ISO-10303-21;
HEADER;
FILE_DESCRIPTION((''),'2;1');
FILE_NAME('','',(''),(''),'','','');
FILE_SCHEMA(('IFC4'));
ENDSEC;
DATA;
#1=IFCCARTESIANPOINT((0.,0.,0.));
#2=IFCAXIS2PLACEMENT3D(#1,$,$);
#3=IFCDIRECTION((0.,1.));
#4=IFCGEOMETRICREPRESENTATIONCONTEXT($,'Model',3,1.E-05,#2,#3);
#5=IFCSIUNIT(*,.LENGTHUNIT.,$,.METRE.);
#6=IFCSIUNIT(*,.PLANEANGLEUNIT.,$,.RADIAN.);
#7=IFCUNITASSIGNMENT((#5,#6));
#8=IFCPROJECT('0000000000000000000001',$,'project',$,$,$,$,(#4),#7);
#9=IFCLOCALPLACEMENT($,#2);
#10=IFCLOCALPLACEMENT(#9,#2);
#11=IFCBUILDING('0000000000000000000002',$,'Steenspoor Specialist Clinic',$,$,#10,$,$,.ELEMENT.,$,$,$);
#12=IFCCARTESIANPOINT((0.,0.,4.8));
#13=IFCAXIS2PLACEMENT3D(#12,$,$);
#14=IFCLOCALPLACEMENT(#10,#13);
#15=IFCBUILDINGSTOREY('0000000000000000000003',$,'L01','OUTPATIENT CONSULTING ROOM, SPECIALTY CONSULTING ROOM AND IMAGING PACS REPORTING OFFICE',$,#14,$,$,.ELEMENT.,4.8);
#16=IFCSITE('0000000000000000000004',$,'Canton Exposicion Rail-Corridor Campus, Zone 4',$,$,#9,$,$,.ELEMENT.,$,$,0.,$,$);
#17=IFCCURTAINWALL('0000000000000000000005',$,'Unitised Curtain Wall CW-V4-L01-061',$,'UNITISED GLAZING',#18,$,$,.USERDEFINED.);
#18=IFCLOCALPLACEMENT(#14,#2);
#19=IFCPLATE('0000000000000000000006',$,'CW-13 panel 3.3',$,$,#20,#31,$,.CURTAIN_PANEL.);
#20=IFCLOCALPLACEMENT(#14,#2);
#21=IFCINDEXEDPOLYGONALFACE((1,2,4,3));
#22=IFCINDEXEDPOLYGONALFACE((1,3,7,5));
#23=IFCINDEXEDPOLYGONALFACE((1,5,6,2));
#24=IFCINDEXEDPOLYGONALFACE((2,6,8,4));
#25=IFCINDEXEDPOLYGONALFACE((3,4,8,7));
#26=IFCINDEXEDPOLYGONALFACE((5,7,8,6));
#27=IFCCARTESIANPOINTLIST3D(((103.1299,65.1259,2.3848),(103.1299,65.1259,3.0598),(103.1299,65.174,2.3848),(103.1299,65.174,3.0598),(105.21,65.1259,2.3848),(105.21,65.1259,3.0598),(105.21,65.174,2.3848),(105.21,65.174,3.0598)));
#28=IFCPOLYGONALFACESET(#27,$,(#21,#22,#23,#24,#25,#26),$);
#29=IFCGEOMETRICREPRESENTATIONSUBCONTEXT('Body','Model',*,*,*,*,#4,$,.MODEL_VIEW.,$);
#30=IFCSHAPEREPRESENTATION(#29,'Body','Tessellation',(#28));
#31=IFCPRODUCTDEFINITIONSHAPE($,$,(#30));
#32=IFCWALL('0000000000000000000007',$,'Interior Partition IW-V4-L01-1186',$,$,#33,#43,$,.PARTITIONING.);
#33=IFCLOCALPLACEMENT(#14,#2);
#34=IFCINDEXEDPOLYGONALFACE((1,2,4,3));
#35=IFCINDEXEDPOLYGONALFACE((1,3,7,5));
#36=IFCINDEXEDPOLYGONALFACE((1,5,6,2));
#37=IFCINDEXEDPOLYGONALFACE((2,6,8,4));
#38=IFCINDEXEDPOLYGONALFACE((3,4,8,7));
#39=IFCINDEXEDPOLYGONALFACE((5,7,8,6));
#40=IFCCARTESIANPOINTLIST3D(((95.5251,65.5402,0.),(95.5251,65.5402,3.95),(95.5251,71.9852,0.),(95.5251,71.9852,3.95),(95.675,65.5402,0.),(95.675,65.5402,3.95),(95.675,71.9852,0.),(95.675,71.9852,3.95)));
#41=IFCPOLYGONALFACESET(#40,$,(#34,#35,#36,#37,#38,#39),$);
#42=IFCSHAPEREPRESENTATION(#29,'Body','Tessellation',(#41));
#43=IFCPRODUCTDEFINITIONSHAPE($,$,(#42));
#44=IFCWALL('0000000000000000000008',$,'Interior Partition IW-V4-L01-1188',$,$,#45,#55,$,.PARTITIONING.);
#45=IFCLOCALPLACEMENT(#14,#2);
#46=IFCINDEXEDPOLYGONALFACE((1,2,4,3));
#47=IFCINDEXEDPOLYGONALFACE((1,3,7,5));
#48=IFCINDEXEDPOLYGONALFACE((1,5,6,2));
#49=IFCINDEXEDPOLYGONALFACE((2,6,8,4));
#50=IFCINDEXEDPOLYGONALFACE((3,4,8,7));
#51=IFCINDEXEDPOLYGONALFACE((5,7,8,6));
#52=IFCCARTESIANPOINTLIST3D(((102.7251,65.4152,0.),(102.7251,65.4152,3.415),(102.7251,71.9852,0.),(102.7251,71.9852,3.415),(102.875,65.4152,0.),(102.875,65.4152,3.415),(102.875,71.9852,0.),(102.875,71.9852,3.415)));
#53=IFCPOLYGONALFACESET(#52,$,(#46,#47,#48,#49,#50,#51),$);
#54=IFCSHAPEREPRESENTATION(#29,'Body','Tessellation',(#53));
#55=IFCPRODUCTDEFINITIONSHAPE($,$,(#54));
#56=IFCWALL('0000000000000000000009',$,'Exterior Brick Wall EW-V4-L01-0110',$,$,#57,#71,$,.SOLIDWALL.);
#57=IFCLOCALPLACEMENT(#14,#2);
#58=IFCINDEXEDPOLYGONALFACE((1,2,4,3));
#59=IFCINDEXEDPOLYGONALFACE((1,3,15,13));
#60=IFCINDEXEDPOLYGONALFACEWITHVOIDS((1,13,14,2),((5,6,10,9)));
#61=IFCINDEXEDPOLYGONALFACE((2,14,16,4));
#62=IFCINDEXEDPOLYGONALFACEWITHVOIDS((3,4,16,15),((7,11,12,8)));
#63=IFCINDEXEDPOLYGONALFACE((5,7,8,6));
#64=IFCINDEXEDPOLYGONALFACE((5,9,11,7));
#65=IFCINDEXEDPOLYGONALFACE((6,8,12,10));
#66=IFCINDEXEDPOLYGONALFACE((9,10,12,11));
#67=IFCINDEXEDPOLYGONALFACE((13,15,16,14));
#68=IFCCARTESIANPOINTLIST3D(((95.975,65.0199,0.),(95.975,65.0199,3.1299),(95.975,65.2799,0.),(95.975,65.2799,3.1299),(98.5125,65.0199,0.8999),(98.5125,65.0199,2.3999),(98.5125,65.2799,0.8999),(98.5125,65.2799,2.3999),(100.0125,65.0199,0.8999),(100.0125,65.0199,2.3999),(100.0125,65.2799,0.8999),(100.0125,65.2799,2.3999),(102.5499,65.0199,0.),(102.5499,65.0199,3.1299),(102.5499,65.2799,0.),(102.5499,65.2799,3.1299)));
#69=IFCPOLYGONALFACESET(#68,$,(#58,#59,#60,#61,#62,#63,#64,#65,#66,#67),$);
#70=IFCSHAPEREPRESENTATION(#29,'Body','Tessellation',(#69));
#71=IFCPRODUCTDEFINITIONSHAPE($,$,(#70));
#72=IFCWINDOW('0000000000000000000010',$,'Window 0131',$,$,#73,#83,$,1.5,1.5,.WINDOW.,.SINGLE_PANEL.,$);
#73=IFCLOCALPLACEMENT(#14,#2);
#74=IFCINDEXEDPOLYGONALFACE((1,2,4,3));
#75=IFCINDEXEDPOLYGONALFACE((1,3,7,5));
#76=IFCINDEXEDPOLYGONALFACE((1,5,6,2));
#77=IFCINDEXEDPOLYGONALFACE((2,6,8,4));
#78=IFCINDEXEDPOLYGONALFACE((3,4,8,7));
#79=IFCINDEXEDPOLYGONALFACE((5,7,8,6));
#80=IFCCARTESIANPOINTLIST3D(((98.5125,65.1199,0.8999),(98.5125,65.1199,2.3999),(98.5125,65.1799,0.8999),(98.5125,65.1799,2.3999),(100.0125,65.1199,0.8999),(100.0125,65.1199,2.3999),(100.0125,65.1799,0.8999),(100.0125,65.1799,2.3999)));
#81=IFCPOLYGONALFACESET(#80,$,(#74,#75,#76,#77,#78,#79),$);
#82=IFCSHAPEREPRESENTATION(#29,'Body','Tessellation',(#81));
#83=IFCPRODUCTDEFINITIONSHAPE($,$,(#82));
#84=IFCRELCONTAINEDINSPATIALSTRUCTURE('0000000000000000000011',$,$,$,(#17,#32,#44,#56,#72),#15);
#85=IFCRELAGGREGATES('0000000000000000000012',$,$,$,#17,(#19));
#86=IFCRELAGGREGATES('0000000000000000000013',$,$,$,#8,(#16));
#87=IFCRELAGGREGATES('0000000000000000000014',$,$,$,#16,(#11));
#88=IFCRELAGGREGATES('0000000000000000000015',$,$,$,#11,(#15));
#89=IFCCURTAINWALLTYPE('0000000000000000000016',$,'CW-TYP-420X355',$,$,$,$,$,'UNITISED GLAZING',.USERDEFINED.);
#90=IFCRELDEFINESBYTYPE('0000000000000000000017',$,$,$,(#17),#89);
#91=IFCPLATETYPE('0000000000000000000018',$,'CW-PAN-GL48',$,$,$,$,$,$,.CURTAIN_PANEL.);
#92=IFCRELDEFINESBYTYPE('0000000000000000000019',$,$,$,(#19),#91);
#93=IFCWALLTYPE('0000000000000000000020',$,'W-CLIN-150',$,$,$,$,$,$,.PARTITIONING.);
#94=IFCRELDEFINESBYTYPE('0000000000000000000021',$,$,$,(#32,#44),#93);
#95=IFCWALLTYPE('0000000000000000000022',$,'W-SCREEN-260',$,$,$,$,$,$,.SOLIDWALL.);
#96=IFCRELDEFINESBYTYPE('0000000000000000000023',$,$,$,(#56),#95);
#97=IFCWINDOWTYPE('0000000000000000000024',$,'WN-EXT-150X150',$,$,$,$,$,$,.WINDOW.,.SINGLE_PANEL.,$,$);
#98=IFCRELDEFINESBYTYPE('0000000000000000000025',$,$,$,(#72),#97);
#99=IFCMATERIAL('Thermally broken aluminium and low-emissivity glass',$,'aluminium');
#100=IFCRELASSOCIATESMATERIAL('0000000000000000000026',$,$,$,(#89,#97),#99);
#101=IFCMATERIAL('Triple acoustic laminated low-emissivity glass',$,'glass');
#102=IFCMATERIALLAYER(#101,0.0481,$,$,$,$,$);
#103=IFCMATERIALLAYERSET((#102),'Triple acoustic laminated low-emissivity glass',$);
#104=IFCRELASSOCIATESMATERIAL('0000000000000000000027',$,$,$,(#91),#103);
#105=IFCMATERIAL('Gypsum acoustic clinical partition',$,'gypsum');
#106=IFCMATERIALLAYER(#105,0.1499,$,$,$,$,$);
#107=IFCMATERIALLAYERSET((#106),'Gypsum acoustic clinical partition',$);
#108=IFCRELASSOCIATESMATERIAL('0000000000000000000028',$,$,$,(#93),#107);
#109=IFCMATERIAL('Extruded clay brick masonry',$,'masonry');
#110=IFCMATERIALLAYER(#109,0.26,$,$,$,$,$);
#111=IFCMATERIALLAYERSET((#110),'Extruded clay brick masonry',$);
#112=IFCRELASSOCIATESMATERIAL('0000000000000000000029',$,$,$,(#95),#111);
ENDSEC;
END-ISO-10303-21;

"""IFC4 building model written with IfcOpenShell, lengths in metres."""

from ifc_helpers import new_model, si_unit, direction, frame, frame_2d, origin, origin_2d, place, context, subcontext, project, spatial, rectangle, extrude, material, layer, layer_set, type_object, element, fill, aggregate, save


model = new_model("IFC4")

# Units and contexts
model_context = context("Model", 3, precision=1e-05, world=origin(), true_north=direction((0.0, 1.0)))
body_context = subcontext(model_context, "Body", "Model", "MODEL_VIEW")
ifc_project = project(units=[si_unit("LENGTHUNIT", "METRE"), si_unit("PLANEANGLEUNIT", "RADIAN")], contexts=[model_context])

# Site, building, storey
site_placement = place(None, origin())
site = spatial("IfcSite", under=ifc_project, at=site_placement, Name="Canton Exposicion Rail-Corridor Campus, Zone 4", CompositionType="ELEMENT", RefElevation=0.0)
building_placement = place(site_placement, origin())
building = spatial("IfcBuilding", under=site, at=building_placement, Name="Steenspoor Specialist Clinic", CompositionType="ELEMENT")
storey_placement = place(building_placement, frame((0.0, 0.0, 4.8)))
storey = spatial("IfcBuildingStorey", under=building, at=storey_placement, Name="L01", Description="OUTPATIENT CONSULTING ROOM, SPECIALTY CONSULTING ROOM AND IMAGING PACS REPORTING OFFICE", CompositionType="ELEMENT", Elevation=4.8)

# Shared definitions
ifc_material_1 = material(Name="Thermally broken aluminium and low-emissivity glass", Category="aluminium")

# Curtain wall
curtain_wall_type_1 = type_object("IfcCurtainWallType", Name="CW-TYP-420X355", ElementType="UNITISED GLAZING", PredefinedType="USERDEFINED", material=ifc_material_1)
curtain_wall_1_placement = place(storey_placement, origin())
curtain_wall_1 = element("IfcCurtainWall", 1, at=curtain_wall_1_placement, inside=storey, type_object=curtain_wall_type_1, Name="Unitised Curtain Wall CW-V4-L01-061", ObjectType="UNITISED GLAZING", PredefinedType="USERDEFINED")

# Plate
ifc_material_2 = material(Name="Triple acoustic laminated low-emissivity glass", Category="glass")
ifc_layer_1 = layer(ifc_material_2, 0.0481)
ifc_layer_set_1 = layer_set([ifc_layer_1], Name="Triple acoustic laminated low-emissivity glass")
plate_type = type_object("IfcPlateType", Name="CW-PAN-GL48", PredefinedType="CURTAIN_PANEL", material=ifc_layer_set_1)
plate_1_placement = place(storey_placement, frame((104.1699, 65.1499, 2.3848), z_axis=(0.0, 0.0, 1.0), x_axis=(-1.0, 0.0, 0.0)))
plate_1 = element("IfcPlate", 2, at=plate_1_placement, type_object=plate_type, Name="CW-13 panel 3.3", PredefinedType="CURTAIN_PANEL", context=body_context, shape_type="SweptSolid", body=[
    extrude(rectangle(XDim=2.0801, YDim=0.0481, at=origin_2d()), origin(), (0.0, 0.0, 1.0), 0.675),
])
aggregate(curtain_wall_1, [plate_1])

# Walls
ifc_material_3 = material(Name="Gypsum acoustic clinical partition", Category="gypsum")
ifc_layer_2 = layer(ifc_material_3, 0.1499)
ifc_layer_set_2 = layer_set([ifc_layer_2], Name="Gypsum acoustic clinical partition")
wall_type_1 = type_object("IfcWallType", Name="W-CLIN-150", PredefinedType="PARTITIONING", material=ifc_layer_set_2)
wall_1_placement = place(storey_placement, frame((95.6001, 65.54, 0.0), z_axis=(0.0, 0.0, 1.0), x_axis=(0.0, 1.0, 0.0)))
element("IfcWall", 3, at=wall_1_placement, inside=storey, type_object=wall_type_1, Name="Interior Partition IW-V4-L01-1186", PredefinedType="PARTITIONING", context=body_context, shape_type="SweptSolid", body=[
    extrude(rectangle(XDim=6.4451, YDim=0.1499, at=frame_2d((3.2227, 0.0))), origin(), (0.0, 0.0, 1.0), 3.95),
])
wall_2_placement = place(storey_placement, frame((102.8, 65.415, 0.0), z_axis=(0.0, 0.0, 1.0), x_axis=(0.0, 1.0, 0.0)))
element("IfcWall", 4, at=wall_2_placement, inside=storey, type_object=wall_type_1, Name="Interior Partition IW-V4-L01-1188", PredefinedType="PARTITIONING", context=body_context, shape_type="SweptSolid", body=[
    extrude(rectangle(XDim=6.5701, YDim=0.1499, at=frame_2d((3.2852, 0.0))), origin(), (0.0, 0.0, 1.0), 3.415),
])

# Wall, opening, window
ifc_material_4 = material(Name="Extruded clay brick masonry", Category="masonry")
ifc_layer_3 = layer(ifc_material_4, 0.26)
ifc_layer_set_3 = layer_set([ifc_layer_3], Name="Extruded clay brick masonry")
wall_type_2 = type_object("IfcWallType", Name="W-SCREEN-260", PredefinedType="SOLIDWALL", material=ifc_layer_set_3)
wall_3_placement = place(storey_placement, frame((102.55, 65.1499, 0.0), z_axis=(0.0, 0.0, 1.0), x_axis=(-1.0, 0.0, 0.0)))
wall_3 = element("IfcWall", 5, at=wall_3_placement, inside=storey, type_object=wall_type_2, Name="Exterior Brick Wall EW-V4-L01-0110", PredefinedType="SOLIDWALL", context=body_context, shape_type="SweptSolid", body=[
    extrude(rectangle(XDim=6.575, YDim=0.26, at=frame_2d((3.2876, 0.0))), origin(), (0.0, 0.0, 1.0), 3.1299),
])
opening_placement = place(wall_3_placement, frame((2.5376, 0.0, 0.8999)))
opening = element("IfcOpeningElement", 6, at=opening_placement, cuts=wall_3, PredefinedType="OPENING", context=body_context, shape_type="SweptSolid", body=[
    extrude(rectangle(XDim=1.5, YDim=1.5, at=frame_2d((0.75, 0.75))), frame((0.0, 0.1401, 0.0), z_axis=(0.0, -1.0, 0.0), x_axis=(1.0, 0.0, 0.0)), (0.0, 0.0, 1.0), 0.28),
])
window_type = type_object("IfcWindowType", Name="WN-EXT-150X150", PartitioningType="SINGLE_PANEL", PredefinedType="WINDOW", material=ifc_material_1)
window_placement = place(opening_placement, origin())
window = element("IfcWindow", 7, at=window_placement, inside=storey, type_object=window_type, Name="Window 0131", OverallHeight=1.5, OverallWidth=1.5, PartitioningType="SINGLE_PANEL", PredefinedType="WINDOW", context=body_context, shape_type="SweptSolid", body=[
    extrude(rectangle(XDim=1.5, YDim=1.5, at=frame_2d((0.75, 0.75))), frame((0.0, 0.03, 0.0), z_axis=(0.0, -1.0, 0.0), x_axis=(1.0, 0.0, 0.0)), (0.0, 0.0, 1.0), 0.0601),
])
fill(opening, window)

save(model, "model.ifc")
